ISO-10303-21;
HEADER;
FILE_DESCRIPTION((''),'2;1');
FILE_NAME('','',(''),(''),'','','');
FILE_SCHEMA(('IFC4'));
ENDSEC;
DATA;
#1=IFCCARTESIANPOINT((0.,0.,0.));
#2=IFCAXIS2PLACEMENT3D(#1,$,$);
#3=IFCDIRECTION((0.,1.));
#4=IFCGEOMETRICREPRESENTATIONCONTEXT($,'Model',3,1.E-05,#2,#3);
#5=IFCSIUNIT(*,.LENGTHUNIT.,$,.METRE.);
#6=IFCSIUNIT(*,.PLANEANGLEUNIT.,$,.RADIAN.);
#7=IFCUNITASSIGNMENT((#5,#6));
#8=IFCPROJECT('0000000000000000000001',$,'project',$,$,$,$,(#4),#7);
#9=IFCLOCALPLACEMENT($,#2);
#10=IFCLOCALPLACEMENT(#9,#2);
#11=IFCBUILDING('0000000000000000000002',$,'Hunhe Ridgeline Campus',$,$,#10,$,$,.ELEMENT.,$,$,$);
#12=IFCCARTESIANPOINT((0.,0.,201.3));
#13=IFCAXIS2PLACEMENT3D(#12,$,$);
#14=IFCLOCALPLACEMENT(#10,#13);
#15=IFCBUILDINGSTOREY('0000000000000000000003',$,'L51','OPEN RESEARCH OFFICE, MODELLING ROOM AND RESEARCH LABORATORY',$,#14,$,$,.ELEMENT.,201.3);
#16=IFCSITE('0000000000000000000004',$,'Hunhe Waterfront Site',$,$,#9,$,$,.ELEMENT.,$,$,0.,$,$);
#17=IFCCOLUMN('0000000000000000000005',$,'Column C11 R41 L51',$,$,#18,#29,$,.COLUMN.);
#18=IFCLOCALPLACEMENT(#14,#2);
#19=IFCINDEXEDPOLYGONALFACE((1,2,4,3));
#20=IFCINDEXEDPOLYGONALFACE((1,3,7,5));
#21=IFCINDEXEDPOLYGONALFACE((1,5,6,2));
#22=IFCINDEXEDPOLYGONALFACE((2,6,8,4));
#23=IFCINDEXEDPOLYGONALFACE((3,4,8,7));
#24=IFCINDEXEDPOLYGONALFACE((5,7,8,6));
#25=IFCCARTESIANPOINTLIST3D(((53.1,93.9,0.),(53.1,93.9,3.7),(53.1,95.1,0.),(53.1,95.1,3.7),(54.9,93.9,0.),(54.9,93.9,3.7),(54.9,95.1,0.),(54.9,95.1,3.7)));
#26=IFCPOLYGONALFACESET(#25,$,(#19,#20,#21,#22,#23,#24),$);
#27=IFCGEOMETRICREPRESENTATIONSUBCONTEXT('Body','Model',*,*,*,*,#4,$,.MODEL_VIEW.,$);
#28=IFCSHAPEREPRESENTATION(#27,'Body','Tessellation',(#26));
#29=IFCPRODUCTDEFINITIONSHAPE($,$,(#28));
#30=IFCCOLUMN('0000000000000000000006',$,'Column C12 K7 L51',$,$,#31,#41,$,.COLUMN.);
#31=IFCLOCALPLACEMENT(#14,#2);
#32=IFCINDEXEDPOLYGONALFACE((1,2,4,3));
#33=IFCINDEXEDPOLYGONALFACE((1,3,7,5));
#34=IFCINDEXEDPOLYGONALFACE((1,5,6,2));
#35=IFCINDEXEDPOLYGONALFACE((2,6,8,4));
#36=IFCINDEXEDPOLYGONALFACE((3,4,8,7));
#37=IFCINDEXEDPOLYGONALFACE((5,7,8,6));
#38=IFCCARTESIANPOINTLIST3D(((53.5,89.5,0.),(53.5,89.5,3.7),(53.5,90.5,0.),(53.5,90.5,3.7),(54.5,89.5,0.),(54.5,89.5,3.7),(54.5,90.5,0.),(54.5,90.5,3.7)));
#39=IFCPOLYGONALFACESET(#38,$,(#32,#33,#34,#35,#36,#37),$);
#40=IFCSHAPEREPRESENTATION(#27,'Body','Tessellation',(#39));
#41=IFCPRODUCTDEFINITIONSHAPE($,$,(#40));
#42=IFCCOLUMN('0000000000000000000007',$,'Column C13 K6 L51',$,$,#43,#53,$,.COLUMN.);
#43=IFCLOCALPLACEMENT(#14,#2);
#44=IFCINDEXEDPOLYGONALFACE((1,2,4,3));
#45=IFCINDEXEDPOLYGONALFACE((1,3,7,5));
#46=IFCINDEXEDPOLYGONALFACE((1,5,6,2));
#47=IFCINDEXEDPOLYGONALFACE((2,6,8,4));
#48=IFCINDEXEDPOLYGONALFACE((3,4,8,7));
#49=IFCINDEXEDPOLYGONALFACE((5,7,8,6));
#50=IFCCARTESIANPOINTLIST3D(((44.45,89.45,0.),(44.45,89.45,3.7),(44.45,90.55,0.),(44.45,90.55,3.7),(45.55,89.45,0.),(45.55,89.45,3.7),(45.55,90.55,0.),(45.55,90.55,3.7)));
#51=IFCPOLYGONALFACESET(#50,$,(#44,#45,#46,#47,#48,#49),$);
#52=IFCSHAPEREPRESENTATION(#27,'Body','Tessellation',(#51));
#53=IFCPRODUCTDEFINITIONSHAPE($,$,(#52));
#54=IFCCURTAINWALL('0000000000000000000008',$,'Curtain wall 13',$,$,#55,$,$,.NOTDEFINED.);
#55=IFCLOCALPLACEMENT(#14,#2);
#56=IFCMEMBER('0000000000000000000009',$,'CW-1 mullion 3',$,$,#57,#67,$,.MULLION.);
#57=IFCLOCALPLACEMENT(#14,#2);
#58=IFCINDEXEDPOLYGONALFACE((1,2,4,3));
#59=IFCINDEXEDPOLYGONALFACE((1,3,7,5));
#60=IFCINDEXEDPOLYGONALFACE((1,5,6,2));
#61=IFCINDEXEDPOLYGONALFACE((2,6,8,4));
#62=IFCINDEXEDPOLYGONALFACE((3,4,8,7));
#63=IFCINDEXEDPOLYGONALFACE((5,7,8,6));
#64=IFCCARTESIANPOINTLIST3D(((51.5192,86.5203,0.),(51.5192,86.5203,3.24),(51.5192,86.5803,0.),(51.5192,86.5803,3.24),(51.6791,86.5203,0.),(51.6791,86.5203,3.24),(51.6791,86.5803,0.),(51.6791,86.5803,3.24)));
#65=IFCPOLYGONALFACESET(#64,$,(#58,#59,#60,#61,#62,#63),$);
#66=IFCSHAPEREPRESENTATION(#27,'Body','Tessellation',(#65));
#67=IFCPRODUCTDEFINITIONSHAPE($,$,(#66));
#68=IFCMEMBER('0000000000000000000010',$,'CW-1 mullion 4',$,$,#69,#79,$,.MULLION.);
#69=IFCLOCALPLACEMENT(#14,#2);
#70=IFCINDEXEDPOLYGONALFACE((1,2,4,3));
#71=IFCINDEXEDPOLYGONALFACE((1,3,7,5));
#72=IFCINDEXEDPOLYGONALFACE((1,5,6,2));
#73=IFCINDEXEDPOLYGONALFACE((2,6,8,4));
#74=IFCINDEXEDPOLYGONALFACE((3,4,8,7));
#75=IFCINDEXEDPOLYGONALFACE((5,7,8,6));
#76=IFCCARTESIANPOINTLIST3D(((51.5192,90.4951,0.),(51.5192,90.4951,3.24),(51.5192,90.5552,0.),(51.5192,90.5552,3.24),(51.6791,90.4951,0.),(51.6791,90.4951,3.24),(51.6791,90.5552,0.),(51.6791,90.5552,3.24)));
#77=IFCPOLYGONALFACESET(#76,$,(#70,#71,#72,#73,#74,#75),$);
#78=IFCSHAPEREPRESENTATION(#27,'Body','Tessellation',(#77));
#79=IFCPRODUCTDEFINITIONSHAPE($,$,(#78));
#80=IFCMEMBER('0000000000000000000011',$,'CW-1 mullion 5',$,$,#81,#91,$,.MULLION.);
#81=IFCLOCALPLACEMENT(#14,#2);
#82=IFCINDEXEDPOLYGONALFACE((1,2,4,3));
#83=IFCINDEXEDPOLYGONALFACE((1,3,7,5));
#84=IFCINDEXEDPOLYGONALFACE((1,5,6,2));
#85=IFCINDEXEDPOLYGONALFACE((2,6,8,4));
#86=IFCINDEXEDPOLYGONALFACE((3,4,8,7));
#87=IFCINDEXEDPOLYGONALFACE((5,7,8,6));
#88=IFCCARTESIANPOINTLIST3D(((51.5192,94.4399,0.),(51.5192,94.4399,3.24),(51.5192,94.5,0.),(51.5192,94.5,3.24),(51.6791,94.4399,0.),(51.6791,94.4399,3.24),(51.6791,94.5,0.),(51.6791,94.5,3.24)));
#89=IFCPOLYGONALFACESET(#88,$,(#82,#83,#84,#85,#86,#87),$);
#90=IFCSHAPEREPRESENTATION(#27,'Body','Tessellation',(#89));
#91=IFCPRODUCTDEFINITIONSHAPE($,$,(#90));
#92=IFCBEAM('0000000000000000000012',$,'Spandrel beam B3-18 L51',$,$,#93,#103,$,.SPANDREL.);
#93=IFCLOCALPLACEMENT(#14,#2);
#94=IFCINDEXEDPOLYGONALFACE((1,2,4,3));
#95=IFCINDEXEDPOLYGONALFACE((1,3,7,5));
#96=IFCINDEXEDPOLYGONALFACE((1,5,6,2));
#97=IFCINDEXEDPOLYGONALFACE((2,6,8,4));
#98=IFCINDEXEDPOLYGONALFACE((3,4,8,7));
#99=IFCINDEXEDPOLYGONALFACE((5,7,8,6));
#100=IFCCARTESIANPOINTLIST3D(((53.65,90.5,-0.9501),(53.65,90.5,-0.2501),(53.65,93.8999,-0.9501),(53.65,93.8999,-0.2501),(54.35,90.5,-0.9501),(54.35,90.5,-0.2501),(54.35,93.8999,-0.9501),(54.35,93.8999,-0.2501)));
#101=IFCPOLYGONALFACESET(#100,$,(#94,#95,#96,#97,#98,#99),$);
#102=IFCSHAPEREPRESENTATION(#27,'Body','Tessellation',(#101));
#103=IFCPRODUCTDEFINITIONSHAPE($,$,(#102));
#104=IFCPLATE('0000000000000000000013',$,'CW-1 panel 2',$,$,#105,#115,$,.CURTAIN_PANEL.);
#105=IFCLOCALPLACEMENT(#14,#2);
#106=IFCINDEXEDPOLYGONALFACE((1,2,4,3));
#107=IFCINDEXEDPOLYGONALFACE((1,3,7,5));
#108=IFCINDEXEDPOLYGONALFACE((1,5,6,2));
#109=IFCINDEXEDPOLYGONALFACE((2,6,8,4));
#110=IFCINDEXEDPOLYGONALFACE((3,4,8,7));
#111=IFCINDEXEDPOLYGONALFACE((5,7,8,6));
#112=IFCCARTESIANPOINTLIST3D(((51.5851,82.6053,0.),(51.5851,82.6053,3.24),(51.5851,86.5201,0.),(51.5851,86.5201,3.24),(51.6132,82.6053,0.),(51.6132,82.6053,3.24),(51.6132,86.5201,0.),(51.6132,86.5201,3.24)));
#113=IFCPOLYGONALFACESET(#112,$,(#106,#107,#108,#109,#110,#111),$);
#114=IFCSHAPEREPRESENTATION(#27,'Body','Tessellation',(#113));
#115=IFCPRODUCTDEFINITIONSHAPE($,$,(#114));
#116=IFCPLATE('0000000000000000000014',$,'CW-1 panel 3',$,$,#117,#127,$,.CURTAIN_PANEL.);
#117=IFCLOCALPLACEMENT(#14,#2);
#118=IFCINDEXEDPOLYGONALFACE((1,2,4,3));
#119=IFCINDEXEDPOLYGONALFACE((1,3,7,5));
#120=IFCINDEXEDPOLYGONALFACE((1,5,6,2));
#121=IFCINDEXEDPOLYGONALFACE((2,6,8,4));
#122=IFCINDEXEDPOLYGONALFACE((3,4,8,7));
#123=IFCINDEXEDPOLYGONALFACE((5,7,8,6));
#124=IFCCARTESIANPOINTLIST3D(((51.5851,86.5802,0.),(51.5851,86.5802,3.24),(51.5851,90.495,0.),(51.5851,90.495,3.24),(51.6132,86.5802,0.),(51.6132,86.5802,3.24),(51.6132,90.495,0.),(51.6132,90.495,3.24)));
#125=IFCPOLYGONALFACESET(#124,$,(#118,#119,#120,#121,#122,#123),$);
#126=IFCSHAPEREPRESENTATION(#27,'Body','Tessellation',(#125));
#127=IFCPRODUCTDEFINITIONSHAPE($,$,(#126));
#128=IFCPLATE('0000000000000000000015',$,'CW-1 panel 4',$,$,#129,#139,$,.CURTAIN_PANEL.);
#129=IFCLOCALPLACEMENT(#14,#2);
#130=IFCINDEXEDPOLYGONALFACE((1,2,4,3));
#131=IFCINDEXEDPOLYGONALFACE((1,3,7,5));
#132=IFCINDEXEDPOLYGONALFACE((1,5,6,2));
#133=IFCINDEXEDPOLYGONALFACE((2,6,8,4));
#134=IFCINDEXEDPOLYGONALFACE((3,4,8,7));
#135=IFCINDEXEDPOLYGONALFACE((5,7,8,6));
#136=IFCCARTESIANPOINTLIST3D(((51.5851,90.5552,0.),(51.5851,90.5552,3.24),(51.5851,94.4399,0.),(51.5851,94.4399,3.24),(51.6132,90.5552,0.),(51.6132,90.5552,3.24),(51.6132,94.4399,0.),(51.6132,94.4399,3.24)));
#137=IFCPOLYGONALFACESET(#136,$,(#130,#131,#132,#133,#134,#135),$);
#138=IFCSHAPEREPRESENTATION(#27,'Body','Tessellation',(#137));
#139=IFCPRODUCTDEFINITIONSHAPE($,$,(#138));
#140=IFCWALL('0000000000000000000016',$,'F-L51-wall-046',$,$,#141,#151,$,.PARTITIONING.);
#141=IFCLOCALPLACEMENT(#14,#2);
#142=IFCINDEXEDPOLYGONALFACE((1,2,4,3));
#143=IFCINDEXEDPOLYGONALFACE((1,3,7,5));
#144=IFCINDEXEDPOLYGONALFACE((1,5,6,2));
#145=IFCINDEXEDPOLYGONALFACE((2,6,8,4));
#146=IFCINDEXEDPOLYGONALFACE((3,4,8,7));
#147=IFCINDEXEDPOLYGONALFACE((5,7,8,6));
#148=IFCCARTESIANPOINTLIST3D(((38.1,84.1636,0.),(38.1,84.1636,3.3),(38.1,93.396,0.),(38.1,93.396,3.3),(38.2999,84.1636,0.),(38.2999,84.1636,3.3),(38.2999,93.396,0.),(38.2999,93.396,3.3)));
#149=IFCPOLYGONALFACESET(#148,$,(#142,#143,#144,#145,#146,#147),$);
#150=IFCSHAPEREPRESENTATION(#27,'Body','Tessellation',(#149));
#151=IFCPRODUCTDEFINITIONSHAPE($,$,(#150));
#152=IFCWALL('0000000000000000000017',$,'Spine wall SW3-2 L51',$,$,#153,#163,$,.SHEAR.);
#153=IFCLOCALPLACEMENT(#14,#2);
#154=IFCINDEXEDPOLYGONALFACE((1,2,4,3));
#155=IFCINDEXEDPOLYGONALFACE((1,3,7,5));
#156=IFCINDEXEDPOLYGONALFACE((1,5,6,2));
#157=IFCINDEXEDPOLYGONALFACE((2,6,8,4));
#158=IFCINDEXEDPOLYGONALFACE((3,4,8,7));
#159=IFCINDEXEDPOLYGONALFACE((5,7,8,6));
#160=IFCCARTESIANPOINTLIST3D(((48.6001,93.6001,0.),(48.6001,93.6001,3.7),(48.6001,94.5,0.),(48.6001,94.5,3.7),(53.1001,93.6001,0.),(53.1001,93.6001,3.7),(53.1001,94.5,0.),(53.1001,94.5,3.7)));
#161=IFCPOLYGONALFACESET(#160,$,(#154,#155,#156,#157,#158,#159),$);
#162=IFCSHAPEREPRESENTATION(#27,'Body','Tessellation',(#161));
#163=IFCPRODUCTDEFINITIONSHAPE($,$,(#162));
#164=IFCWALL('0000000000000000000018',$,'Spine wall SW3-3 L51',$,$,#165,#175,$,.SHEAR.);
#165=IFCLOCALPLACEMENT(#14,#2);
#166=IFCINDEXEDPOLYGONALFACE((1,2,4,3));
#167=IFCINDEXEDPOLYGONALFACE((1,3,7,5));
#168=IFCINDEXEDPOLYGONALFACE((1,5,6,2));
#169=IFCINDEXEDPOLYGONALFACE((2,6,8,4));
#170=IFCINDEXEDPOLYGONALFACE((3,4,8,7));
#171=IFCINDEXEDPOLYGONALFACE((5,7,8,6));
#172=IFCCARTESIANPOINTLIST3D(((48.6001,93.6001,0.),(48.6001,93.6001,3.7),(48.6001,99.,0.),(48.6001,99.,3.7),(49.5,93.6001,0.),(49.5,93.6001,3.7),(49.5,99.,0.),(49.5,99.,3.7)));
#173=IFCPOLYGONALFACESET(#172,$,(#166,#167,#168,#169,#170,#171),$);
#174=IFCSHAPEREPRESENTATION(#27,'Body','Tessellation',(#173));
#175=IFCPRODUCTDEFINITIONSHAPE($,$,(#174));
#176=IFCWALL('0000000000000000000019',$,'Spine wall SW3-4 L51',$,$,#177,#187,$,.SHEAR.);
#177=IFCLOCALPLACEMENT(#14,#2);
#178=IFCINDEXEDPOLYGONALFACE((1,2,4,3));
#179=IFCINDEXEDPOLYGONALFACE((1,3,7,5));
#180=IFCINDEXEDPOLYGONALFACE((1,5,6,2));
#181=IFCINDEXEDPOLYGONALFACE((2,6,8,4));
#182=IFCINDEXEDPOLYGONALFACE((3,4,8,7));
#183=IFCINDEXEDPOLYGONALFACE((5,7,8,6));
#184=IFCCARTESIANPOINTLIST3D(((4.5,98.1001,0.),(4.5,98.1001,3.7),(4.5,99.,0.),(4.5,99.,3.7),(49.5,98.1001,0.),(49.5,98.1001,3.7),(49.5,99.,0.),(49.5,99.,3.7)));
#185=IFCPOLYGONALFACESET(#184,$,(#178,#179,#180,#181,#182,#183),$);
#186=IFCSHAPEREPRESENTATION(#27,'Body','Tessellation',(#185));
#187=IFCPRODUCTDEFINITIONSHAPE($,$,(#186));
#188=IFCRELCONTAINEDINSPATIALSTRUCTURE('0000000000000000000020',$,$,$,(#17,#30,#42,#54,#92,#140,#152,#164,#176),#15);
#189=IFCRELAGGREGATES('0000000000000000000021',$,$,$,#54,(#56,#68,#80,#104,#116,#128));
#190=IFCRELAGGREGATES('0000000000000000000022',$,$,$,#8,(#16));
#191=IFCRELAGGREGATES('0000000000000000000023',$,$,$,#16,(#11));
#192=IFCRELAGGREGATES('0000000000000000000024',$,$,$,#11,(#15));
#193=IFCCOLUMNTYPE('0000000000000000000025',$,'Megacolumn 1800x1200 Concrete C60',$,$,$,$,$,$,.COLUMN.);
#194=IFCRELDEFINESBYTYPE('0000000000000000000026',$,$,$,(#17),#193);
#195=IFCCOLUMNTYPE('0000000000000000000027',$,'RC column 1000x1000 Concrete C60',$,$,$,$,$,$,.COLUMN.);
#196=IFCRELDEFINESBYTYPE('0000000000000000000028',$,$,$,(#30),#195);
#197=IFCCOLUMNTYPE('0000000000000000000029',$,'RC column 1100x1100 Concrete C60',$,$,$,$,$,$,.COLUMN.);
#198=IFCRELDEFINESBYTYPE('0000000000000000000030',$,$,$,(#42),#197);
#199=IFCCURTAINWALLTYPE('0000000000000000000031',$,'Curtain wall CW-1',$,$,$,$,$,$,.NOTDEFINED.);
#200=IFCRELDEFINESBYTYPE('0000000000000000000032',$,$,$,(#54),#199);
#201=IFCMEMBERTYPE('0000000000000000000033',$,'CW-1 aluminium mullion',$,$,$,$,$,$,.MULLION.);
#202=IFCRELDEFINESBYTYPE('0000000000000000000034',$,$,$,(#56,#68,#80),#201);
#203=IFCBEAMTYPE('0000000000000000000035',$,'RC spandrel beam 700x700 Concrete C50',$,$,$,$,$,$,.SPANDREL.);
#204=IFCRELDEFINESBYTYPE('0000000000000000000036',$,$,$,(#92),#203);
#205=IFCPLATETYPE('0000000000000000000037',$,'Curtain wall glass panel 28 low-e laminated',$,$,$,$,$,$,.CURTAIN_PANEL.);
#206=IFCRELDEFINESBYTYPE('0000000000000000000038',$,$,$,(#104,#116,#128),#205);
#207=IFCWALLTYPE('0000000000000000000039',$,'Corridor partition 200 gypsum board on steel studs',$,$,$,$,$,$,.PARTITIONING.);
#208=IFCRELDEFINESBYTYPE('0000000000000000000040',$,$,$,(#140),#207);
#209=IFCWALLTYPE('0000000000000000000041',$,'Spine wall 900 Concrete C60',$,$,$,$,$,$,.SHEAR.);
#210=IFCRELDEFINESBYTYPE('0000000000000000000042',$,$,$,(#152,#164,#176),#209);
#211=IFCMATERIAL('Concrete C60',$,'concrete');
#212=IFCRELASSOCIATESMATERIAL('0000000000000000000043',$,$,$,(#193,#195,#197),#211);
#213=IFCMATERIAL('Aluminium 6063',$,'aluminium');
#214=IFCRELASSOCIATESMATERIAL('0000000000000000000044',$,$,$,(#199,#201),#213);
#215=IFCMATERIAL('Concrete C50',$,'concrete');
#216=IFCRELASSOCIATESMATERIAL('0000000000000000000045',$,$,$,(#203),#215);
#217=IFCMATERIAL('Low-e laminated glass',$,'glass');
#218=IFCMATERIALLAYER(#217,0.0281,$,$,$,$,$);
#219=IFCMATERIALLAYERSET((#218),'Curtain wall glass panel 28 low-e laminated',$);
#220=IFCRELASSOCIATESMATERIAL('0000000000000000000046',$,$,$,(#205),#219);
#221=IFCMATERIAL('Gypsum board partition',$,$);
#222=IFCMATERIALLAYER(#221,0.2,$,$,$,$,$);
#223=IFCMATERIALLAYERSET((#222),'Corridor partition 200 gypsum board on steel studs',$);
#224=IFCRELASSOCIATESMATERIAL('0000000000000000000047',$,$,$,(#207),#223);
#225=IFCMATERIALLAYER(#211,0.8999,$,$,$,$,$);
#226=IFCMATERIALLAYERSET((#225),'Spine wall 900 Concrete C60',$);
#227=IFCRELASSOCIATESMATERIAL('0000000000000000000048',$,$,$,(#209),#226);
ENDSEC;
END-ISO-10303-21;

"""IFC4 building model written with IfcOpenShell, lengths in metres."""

from ifc_helpers import new_model, si_unit, direction, frame, frame_2d, origin, origin_2d, place, context, subcontext, project, spatial, rectangle, extrude, material, layer, layer_set, material_profile, profile_set, type_object, element, aggregate, save


model = new_model("IFC4")

# Units and contexts
model_context = context("Model", 3, precision=1e-05, world=origin(), true_north=direction((0.0, 1.0)))
body_context = subcontext(model_context, "Body", "Model", "MODEL_VIEW")
ifc_project = project(units=[si_unit("LENGTHUNIT", "METRE"), si_unit("PLANEANGLEUNIT", "RADIAN")], contexts=[model_context])

# Site, building, storey
site_placement = place(None, origin())
site = spatial("IfcSite", under=ifc_project, at=site_placement, Name="Hunhe Waterfront Site", CompositionType="ELEMENT", RefElevation=0.0)
building_placement = place(site_placement, origin())
building = spatial("IfcBuilding", under=site, at=building_placement, Name="Hunhe Ridgeline Campus", CompositionType="ELEMENT")
storey_placement = place(building_placement, frame((0.0, 0.0, 201.3)))
storey = spatial("IfcBuildingStorey", under=building, at=storey_placement, Name="L51", Description="OPEN RESEARCH OFFICE, MODELLING ROOM AND RESEARCH LABORATORY", CompositionType="ELEMENT", Elevation=201.3)

# Columns
ifc_material_1 = material(Name="Concrete C60", Category="concrete")
ifc_material_profile_1 = material_profile(ifc_material_1, rectangle(XDim=1.8, YDim=1.2, at=origin_2d()))
ifc_profile_set_1 = profile_set([ifc_material_profile_1], Name="Concrete C60")
column_type_1 = type_object("IfcColumnType", Name="Megacolumn 1800x1200 Concrete C60", PredefinedType="COLUMN", material=ifc_profile_set_1)
column_1_placement = place(storey_placement, frame((54.0, 94.5, 0.0), z_axis=(0.0, 0.0, 1.0), x_axis=(1.0, 0.0, 0.0)))
element("IfcColumn", 1, at=column_1_placement, inside=storey, type_object=column_type_1, Name="Column C11 R41 L51", PredefinedType="COLUMN", context=body_context, shape_type="SweptSolid", body=[
    extrude(rectangle(XDim=1.8, YDim=1.2, at=origin_2d()), origin(), (0.0, 0.0, 1.0), 3.7),
])
ifc_material_profile_2 = material_profile(ifc_material_1, rectangle(XDim=1.0, YDim=1.0, at=origin_2d()))
ifc_profile_set_2 = profile_set([ifc_material_profile_2], Name="Concrete C60")
column_type_2 = type_object("IfcColumnType", Name="RC column 1000x1000 Concrete C60", PredefinedType="COLUMN", material=ifc_profile_set_2)
column_2_placement = place(storey_placement, frame((54.0, 90.0, 0.0), z_axis=(0.0, 0.0, 1.0), x_axis=(1.0, 0.0, 0.0)))
element("IfcColumn", 2, at=column_2_placement, inside=storey, type_object=column_type_2, Name="Column C12 K7 L51", PredefinedType="COLUMN", context=body_context, shape_type="SweptSolid", body=[
    extrude(rectangle(XDim=1.0, YDim=1.0, at=origin_2d()), origin(), (0.0, 0.0, 1.0), 3.7),
])
ifc_material_profile_3 = material_profile(ifc_material_1, rectangle(XDim=1.1001, YDim=1.1001, at=origin_2d()))
ifc_profile_set_3 = profile_set([ifc_material_profile_3], Name="Concrete C60")
column_type_3 = type_object("IfcColumnType", Name="RC column 1100x1100 Concrete C60", PredefinedType="COLUMN", material=ifc_profile_set_3)
column_3_placement = place(storey_placement, frame((45.0, 90.0, 0.0), z_axis=(0.0, 0.0, 1.0), x_axis=(1.0, 0.0, 0.0)))
element("IfcColumn", 3, at=column_3_placement, inside=storey, type_object=column_type_3, Name="Column C13 K6 L51", PredefinedType="COLUMN", context=body_context, shape_type="SweptSolid", body=[
    extrude(rectangle(XDim=1.1001, YDim=1.1001, at=origin_2d()), origin(), (0.0, 0.0, 1.0), 3.7),
])

# Curtain wall, members
ifc_material_2 = material(Name="Aluminium 6063", Category="aluminium")
curtain_wall_type = type_object("IfcCurtainWallType", Name="Curtain wall CW-1", PredefinedType="NOTDEFINED", material=ifc_material_2)
curtain_wall_placement = place(storey_placement, origin())
curtain_wall = element("IfcCurtainWall", 4, at=curtain_wall_placement, inside=storey, type_object=curtain_wall_type, Name="Curtain wall 13", PredefinedType="NOTDEFINED")
ifc_material_profile_4 = material_profile(ifc_material_2, rectangle(XDim=0.1599, YDim=0.0601, at=origin_2d()))
ifc_profile_set_4 = profile_set([ifc_material_profile_4], Name="Aluminium 6063")
member_type = type_object("IfcMemberType", Name="CW-1 aluminium mullion", PredefinedType="MULLION", material=ifc_profile_set_4)
member_1_placement = place(storey_placement, frame((51.5991, 86.5503, 0.0), z_axis=(0.0, 0.0, 1.0), x_axis=(-1.0, 0.0, 0.0)))
member_1 = element("IfcMember", 5, at=member_1_placement, type_object=member_type, Name="CW-1 mullion 3", PredefinedType="MULLION", context=body_context, shape_type="SweptSolid", body=[
    extrude(rectangle(XDim=0.1599, YDim=0.0601, at=origin_2d()), origin(), (0.0, 0.0, 1.0), 3.24),
])
member_2_placement = place(storey_placement, frame((51.5991, 90.5251, 0.0), z_axis=(0.0, 0.0, 1.0), x_axis=(-1.0, 0.0, 0.0)))
member_2 = element("IfcMember", 6, at=member_2_placement, type_object=member_type, Name="CW-1 mullion 4", PredefinedType="MULLION", context=body_context, shape_type="SweptSolid", body=[
    extrude(rectangle(XDim=0.1599, YDim=0.0601, at=origin_2d()), origin(), (0.0, 0.0, 1.0), 3.24),
])
member_3_placement = place(storey_placement, frame((51.5991, 94.47, 0.0), z_axis=(0.0, 0.0, 1.0), x_axis=(-1.0, 0.0, 0.0)))
member_3 = element("IfcMember", 7, at=member_3_placement, type_object=member_type, Name="CW-1 mullion 5", PredefinedType="MULLION", context=body_context, shape_type="SweptSolid", body=[
    extrude(rectangle(XDim=0.1599, YDim=0.0601, at=origin_2d()), origin(), (0.0, 0.0, 1.0), 3.24),
])

# Beam
ifc_material_3 = material(Name="Concrete C50", Category="concrete")
ifc_material_profile_5 = material_profile(ifc_material_3, rectangle(XDim=0.7, YDim=0.7, at=origin_2d()))
ifc_profile_set_5 = profile_set([ifc_material_profile_5], Name="Concrete C50")
beam_type = type_object("IfcBeamType", Name="RC spandrel beam 700x700 Concrete C50", PredefinedType="SPANDREL", material=ifc_profile_set_5)
beam_placement = place(storey_placement, frame((54.0, 90.5, -0.6001), z_axis=(0.0, 1.0, 0.0), x_axis=(-1.0, 0.0, 0.0)))
element("IfcBeam", 8, at=beam_placement, inside=storey, type_object=beam_type, Name="Spandrel beam B3-18 L51", PredefinedType="SPANDREL", context=body_context, shape_type="SweptSolid", body=[
    extrude(rectangle(XDim=0.7, YDim=0.7, at=origin_2d()), origin(), (0.0, 0.0, 1.0), 3.3999),
])

# Plates
ifc_material_4 = material(Name="Low-e laminated glass", Category="glass")
ifc_layer_1 = layer(ifc_material_4, 0.0281)
ifc_layer_set_1 = layer_set([ifc_layer_1], Name="Curtain wall glass panel 28 low-e laminated")
plate_type = type_object("IfcPlateType", Name="Curtain wall glass panel 28 low-e laminated", PredefinedType="CURTAIN_PANEL", material=ifc_layer_set_1)
plate_1_placement = place(storey_placement, frame((51.5991, 84.5627, 0.0), z_axis=(0.0, 0.0, 1.0), x_axis=(0.0, 1.0, 0.0)))
plate_1 = element("IfcPlate", 9, at=plate_1_placement, type_object=plate_type, Name="CW-1 panel 2", PredefinedType="CURTAIN_PANEL", context=body_context, shape_type="SweptSolid", body=[
    extrude(rectangle(XDim=3.9148, YDim=0.0281, at=origin_2d()), origin(), (0.0, 0.0, 1.0), 3.24),
])
plate_2_placement = place(storey_placement, frame((51.5991, 88.5376, 0.0), z_axis=(0.0, 0.0, 1.0), x_axis=(0.0, 1.0, 0.0)))
plate_2 = element("IfcPlate", 10, at=plate_2_placement, type_object=plate_type, Name="CW-1 panel 3", PredefinedType="CURTAIN_PANEL", context=body_context, shape_type="SweptSolid", body=[
    extrude(rectangle(XDim=3.9148, YDim=0.0281, at=origin_2d()), origin(), (0.0, 0.0, 1.0), 3.24),
])
plate_3_placement = place(storey_placement, frame((51.5991, 92.4976, 0.0), z_axis=(0.0, 0.0, 1.0), x_axis=(0.0, 1.0, 0.0)))
plate_3 = element("IfcPlate", 11, at=plate_3_placement, type_object=plate_type, Name="CW-1 panel 4", PredefinedType="CURTAIN_PANEL", context=body_context, shape_type="SweptSolid", body=[
    extrude(rectangle(XDim=3.8848, YDim=0.0281, at=origin_2d()), origin(), (0.0, 0.0, 1.0), 3.24),
])
aggregate(curtain_wall, [member_1, member_2, member_3, plate_1, plate_2, plate_3])

# Shared definitions
ifc_material_5 = material(Name="Gypsum board partition")
ifc_layer_2 = layer(ifc_material_5, 0.2)
ifc_layer_set_2 = layer_set([ifc_layer_2], Name="Corridor partition 200 gypsum board on steel studs")
wall_type_1 = type_object("IfcWallType", Name="Corridor partition 200 gypsum board on steel studs", PredefinedType="PARTITIONING", material=ifc_layer_set_2)

# Walls
wall_1_placement = place(storey_placement, frame((38.2, 93.396, 0.0), z_axis=(0.0, 0.0, 1.0), x_axis=(0.0, -1.0, 0.0)))
element("IfcWall", 12, at=wall_1_placement, inside=storey, type_object=wall_type_1, Name="F-L51-wall-046", PredefinedType="PARTITIONING", context=body_context, shape_type="SweptSolid", body=[
    extrude(rectangle(XDim=9.2324, YDim=0.2, at=frame_2d((4.6162, 0.0))), origin(), (0.0, 0.0, 1.0), 3.3),
])
ifc_layer_3 = layer(ifc_material_1, 0.8999)
ifc_layer_set_3 = layer_set([ifc_layer_3], Name="Spine wall 900 Concrete C60")
wall_type_2 = type_object("IfcWallType", Name="Spine wall 900 Concrete C60", PredefinedType="SHEAR", material=ifc_layer_set_3)
wall_2_placement = place(storey_placement, frame((53.1001, 94.05, 0.0), z_axis=(0.0, 0.0, 1.0), x_axis=(-1.0, 0.0, 0.0)))
element("IfcWall", 13, at=wall_2_placement, inside=storey, type_object=wall_type_2, Name="Spine wall SW3-2 L51", PredefinedType="SHEAR", context=body_context, shape_type="SweptSolid", body=[
    extrude(rectangle(XDim=4.5, YDim=0.8999, at=frame_2d((2.25, 0.0))), origin(), (0.0, 0.0, 1.0), 3.7),
])
wall_3_placement = place(storey_placement, frame((49.05, 93.6001, 0.0), z_axis=(0.0, 0.0, 1.0), x_axis=(0.0, 1.0, 0.0)))
element("IfcWall", 14, at=wall_3_placement, inside=storey, type_object=wall_type_2, Name="Spine wall SW3-3 L51", PredefinedType="SHEAR", context=body_context, shape_type="SweptSolid", body=[
    extrude(rectangle(XDim=5.3999, YDim=0.8999, at=frame_2d((2.7, 0.0))), origin(), (0.0, 0.0, 1.0), 3.7),
])
wall_4_placement = place(storey_placement, frame((49.5, 98.55, 0.0), z_axis=(0.0, 0.0, 1.0), x_axis=(-1.0, 0.0, 0.0)))
element("IfcWall", 15, at=wall_4_placement, inside=storey, type_object=wall_type_2, Name="Spine wall SW3-4 L51", PredefinedType="SHEAR", context=body_context, shape_type="SweptSolid", body=[
    extrude(rectangle(XDim=45.0, YDim=0.8999, at=frame_2d((22.5, 0.0))), origin(), (0.0, 0.0, 1.0), 3.7),
])

save(model, "model.ifc")
